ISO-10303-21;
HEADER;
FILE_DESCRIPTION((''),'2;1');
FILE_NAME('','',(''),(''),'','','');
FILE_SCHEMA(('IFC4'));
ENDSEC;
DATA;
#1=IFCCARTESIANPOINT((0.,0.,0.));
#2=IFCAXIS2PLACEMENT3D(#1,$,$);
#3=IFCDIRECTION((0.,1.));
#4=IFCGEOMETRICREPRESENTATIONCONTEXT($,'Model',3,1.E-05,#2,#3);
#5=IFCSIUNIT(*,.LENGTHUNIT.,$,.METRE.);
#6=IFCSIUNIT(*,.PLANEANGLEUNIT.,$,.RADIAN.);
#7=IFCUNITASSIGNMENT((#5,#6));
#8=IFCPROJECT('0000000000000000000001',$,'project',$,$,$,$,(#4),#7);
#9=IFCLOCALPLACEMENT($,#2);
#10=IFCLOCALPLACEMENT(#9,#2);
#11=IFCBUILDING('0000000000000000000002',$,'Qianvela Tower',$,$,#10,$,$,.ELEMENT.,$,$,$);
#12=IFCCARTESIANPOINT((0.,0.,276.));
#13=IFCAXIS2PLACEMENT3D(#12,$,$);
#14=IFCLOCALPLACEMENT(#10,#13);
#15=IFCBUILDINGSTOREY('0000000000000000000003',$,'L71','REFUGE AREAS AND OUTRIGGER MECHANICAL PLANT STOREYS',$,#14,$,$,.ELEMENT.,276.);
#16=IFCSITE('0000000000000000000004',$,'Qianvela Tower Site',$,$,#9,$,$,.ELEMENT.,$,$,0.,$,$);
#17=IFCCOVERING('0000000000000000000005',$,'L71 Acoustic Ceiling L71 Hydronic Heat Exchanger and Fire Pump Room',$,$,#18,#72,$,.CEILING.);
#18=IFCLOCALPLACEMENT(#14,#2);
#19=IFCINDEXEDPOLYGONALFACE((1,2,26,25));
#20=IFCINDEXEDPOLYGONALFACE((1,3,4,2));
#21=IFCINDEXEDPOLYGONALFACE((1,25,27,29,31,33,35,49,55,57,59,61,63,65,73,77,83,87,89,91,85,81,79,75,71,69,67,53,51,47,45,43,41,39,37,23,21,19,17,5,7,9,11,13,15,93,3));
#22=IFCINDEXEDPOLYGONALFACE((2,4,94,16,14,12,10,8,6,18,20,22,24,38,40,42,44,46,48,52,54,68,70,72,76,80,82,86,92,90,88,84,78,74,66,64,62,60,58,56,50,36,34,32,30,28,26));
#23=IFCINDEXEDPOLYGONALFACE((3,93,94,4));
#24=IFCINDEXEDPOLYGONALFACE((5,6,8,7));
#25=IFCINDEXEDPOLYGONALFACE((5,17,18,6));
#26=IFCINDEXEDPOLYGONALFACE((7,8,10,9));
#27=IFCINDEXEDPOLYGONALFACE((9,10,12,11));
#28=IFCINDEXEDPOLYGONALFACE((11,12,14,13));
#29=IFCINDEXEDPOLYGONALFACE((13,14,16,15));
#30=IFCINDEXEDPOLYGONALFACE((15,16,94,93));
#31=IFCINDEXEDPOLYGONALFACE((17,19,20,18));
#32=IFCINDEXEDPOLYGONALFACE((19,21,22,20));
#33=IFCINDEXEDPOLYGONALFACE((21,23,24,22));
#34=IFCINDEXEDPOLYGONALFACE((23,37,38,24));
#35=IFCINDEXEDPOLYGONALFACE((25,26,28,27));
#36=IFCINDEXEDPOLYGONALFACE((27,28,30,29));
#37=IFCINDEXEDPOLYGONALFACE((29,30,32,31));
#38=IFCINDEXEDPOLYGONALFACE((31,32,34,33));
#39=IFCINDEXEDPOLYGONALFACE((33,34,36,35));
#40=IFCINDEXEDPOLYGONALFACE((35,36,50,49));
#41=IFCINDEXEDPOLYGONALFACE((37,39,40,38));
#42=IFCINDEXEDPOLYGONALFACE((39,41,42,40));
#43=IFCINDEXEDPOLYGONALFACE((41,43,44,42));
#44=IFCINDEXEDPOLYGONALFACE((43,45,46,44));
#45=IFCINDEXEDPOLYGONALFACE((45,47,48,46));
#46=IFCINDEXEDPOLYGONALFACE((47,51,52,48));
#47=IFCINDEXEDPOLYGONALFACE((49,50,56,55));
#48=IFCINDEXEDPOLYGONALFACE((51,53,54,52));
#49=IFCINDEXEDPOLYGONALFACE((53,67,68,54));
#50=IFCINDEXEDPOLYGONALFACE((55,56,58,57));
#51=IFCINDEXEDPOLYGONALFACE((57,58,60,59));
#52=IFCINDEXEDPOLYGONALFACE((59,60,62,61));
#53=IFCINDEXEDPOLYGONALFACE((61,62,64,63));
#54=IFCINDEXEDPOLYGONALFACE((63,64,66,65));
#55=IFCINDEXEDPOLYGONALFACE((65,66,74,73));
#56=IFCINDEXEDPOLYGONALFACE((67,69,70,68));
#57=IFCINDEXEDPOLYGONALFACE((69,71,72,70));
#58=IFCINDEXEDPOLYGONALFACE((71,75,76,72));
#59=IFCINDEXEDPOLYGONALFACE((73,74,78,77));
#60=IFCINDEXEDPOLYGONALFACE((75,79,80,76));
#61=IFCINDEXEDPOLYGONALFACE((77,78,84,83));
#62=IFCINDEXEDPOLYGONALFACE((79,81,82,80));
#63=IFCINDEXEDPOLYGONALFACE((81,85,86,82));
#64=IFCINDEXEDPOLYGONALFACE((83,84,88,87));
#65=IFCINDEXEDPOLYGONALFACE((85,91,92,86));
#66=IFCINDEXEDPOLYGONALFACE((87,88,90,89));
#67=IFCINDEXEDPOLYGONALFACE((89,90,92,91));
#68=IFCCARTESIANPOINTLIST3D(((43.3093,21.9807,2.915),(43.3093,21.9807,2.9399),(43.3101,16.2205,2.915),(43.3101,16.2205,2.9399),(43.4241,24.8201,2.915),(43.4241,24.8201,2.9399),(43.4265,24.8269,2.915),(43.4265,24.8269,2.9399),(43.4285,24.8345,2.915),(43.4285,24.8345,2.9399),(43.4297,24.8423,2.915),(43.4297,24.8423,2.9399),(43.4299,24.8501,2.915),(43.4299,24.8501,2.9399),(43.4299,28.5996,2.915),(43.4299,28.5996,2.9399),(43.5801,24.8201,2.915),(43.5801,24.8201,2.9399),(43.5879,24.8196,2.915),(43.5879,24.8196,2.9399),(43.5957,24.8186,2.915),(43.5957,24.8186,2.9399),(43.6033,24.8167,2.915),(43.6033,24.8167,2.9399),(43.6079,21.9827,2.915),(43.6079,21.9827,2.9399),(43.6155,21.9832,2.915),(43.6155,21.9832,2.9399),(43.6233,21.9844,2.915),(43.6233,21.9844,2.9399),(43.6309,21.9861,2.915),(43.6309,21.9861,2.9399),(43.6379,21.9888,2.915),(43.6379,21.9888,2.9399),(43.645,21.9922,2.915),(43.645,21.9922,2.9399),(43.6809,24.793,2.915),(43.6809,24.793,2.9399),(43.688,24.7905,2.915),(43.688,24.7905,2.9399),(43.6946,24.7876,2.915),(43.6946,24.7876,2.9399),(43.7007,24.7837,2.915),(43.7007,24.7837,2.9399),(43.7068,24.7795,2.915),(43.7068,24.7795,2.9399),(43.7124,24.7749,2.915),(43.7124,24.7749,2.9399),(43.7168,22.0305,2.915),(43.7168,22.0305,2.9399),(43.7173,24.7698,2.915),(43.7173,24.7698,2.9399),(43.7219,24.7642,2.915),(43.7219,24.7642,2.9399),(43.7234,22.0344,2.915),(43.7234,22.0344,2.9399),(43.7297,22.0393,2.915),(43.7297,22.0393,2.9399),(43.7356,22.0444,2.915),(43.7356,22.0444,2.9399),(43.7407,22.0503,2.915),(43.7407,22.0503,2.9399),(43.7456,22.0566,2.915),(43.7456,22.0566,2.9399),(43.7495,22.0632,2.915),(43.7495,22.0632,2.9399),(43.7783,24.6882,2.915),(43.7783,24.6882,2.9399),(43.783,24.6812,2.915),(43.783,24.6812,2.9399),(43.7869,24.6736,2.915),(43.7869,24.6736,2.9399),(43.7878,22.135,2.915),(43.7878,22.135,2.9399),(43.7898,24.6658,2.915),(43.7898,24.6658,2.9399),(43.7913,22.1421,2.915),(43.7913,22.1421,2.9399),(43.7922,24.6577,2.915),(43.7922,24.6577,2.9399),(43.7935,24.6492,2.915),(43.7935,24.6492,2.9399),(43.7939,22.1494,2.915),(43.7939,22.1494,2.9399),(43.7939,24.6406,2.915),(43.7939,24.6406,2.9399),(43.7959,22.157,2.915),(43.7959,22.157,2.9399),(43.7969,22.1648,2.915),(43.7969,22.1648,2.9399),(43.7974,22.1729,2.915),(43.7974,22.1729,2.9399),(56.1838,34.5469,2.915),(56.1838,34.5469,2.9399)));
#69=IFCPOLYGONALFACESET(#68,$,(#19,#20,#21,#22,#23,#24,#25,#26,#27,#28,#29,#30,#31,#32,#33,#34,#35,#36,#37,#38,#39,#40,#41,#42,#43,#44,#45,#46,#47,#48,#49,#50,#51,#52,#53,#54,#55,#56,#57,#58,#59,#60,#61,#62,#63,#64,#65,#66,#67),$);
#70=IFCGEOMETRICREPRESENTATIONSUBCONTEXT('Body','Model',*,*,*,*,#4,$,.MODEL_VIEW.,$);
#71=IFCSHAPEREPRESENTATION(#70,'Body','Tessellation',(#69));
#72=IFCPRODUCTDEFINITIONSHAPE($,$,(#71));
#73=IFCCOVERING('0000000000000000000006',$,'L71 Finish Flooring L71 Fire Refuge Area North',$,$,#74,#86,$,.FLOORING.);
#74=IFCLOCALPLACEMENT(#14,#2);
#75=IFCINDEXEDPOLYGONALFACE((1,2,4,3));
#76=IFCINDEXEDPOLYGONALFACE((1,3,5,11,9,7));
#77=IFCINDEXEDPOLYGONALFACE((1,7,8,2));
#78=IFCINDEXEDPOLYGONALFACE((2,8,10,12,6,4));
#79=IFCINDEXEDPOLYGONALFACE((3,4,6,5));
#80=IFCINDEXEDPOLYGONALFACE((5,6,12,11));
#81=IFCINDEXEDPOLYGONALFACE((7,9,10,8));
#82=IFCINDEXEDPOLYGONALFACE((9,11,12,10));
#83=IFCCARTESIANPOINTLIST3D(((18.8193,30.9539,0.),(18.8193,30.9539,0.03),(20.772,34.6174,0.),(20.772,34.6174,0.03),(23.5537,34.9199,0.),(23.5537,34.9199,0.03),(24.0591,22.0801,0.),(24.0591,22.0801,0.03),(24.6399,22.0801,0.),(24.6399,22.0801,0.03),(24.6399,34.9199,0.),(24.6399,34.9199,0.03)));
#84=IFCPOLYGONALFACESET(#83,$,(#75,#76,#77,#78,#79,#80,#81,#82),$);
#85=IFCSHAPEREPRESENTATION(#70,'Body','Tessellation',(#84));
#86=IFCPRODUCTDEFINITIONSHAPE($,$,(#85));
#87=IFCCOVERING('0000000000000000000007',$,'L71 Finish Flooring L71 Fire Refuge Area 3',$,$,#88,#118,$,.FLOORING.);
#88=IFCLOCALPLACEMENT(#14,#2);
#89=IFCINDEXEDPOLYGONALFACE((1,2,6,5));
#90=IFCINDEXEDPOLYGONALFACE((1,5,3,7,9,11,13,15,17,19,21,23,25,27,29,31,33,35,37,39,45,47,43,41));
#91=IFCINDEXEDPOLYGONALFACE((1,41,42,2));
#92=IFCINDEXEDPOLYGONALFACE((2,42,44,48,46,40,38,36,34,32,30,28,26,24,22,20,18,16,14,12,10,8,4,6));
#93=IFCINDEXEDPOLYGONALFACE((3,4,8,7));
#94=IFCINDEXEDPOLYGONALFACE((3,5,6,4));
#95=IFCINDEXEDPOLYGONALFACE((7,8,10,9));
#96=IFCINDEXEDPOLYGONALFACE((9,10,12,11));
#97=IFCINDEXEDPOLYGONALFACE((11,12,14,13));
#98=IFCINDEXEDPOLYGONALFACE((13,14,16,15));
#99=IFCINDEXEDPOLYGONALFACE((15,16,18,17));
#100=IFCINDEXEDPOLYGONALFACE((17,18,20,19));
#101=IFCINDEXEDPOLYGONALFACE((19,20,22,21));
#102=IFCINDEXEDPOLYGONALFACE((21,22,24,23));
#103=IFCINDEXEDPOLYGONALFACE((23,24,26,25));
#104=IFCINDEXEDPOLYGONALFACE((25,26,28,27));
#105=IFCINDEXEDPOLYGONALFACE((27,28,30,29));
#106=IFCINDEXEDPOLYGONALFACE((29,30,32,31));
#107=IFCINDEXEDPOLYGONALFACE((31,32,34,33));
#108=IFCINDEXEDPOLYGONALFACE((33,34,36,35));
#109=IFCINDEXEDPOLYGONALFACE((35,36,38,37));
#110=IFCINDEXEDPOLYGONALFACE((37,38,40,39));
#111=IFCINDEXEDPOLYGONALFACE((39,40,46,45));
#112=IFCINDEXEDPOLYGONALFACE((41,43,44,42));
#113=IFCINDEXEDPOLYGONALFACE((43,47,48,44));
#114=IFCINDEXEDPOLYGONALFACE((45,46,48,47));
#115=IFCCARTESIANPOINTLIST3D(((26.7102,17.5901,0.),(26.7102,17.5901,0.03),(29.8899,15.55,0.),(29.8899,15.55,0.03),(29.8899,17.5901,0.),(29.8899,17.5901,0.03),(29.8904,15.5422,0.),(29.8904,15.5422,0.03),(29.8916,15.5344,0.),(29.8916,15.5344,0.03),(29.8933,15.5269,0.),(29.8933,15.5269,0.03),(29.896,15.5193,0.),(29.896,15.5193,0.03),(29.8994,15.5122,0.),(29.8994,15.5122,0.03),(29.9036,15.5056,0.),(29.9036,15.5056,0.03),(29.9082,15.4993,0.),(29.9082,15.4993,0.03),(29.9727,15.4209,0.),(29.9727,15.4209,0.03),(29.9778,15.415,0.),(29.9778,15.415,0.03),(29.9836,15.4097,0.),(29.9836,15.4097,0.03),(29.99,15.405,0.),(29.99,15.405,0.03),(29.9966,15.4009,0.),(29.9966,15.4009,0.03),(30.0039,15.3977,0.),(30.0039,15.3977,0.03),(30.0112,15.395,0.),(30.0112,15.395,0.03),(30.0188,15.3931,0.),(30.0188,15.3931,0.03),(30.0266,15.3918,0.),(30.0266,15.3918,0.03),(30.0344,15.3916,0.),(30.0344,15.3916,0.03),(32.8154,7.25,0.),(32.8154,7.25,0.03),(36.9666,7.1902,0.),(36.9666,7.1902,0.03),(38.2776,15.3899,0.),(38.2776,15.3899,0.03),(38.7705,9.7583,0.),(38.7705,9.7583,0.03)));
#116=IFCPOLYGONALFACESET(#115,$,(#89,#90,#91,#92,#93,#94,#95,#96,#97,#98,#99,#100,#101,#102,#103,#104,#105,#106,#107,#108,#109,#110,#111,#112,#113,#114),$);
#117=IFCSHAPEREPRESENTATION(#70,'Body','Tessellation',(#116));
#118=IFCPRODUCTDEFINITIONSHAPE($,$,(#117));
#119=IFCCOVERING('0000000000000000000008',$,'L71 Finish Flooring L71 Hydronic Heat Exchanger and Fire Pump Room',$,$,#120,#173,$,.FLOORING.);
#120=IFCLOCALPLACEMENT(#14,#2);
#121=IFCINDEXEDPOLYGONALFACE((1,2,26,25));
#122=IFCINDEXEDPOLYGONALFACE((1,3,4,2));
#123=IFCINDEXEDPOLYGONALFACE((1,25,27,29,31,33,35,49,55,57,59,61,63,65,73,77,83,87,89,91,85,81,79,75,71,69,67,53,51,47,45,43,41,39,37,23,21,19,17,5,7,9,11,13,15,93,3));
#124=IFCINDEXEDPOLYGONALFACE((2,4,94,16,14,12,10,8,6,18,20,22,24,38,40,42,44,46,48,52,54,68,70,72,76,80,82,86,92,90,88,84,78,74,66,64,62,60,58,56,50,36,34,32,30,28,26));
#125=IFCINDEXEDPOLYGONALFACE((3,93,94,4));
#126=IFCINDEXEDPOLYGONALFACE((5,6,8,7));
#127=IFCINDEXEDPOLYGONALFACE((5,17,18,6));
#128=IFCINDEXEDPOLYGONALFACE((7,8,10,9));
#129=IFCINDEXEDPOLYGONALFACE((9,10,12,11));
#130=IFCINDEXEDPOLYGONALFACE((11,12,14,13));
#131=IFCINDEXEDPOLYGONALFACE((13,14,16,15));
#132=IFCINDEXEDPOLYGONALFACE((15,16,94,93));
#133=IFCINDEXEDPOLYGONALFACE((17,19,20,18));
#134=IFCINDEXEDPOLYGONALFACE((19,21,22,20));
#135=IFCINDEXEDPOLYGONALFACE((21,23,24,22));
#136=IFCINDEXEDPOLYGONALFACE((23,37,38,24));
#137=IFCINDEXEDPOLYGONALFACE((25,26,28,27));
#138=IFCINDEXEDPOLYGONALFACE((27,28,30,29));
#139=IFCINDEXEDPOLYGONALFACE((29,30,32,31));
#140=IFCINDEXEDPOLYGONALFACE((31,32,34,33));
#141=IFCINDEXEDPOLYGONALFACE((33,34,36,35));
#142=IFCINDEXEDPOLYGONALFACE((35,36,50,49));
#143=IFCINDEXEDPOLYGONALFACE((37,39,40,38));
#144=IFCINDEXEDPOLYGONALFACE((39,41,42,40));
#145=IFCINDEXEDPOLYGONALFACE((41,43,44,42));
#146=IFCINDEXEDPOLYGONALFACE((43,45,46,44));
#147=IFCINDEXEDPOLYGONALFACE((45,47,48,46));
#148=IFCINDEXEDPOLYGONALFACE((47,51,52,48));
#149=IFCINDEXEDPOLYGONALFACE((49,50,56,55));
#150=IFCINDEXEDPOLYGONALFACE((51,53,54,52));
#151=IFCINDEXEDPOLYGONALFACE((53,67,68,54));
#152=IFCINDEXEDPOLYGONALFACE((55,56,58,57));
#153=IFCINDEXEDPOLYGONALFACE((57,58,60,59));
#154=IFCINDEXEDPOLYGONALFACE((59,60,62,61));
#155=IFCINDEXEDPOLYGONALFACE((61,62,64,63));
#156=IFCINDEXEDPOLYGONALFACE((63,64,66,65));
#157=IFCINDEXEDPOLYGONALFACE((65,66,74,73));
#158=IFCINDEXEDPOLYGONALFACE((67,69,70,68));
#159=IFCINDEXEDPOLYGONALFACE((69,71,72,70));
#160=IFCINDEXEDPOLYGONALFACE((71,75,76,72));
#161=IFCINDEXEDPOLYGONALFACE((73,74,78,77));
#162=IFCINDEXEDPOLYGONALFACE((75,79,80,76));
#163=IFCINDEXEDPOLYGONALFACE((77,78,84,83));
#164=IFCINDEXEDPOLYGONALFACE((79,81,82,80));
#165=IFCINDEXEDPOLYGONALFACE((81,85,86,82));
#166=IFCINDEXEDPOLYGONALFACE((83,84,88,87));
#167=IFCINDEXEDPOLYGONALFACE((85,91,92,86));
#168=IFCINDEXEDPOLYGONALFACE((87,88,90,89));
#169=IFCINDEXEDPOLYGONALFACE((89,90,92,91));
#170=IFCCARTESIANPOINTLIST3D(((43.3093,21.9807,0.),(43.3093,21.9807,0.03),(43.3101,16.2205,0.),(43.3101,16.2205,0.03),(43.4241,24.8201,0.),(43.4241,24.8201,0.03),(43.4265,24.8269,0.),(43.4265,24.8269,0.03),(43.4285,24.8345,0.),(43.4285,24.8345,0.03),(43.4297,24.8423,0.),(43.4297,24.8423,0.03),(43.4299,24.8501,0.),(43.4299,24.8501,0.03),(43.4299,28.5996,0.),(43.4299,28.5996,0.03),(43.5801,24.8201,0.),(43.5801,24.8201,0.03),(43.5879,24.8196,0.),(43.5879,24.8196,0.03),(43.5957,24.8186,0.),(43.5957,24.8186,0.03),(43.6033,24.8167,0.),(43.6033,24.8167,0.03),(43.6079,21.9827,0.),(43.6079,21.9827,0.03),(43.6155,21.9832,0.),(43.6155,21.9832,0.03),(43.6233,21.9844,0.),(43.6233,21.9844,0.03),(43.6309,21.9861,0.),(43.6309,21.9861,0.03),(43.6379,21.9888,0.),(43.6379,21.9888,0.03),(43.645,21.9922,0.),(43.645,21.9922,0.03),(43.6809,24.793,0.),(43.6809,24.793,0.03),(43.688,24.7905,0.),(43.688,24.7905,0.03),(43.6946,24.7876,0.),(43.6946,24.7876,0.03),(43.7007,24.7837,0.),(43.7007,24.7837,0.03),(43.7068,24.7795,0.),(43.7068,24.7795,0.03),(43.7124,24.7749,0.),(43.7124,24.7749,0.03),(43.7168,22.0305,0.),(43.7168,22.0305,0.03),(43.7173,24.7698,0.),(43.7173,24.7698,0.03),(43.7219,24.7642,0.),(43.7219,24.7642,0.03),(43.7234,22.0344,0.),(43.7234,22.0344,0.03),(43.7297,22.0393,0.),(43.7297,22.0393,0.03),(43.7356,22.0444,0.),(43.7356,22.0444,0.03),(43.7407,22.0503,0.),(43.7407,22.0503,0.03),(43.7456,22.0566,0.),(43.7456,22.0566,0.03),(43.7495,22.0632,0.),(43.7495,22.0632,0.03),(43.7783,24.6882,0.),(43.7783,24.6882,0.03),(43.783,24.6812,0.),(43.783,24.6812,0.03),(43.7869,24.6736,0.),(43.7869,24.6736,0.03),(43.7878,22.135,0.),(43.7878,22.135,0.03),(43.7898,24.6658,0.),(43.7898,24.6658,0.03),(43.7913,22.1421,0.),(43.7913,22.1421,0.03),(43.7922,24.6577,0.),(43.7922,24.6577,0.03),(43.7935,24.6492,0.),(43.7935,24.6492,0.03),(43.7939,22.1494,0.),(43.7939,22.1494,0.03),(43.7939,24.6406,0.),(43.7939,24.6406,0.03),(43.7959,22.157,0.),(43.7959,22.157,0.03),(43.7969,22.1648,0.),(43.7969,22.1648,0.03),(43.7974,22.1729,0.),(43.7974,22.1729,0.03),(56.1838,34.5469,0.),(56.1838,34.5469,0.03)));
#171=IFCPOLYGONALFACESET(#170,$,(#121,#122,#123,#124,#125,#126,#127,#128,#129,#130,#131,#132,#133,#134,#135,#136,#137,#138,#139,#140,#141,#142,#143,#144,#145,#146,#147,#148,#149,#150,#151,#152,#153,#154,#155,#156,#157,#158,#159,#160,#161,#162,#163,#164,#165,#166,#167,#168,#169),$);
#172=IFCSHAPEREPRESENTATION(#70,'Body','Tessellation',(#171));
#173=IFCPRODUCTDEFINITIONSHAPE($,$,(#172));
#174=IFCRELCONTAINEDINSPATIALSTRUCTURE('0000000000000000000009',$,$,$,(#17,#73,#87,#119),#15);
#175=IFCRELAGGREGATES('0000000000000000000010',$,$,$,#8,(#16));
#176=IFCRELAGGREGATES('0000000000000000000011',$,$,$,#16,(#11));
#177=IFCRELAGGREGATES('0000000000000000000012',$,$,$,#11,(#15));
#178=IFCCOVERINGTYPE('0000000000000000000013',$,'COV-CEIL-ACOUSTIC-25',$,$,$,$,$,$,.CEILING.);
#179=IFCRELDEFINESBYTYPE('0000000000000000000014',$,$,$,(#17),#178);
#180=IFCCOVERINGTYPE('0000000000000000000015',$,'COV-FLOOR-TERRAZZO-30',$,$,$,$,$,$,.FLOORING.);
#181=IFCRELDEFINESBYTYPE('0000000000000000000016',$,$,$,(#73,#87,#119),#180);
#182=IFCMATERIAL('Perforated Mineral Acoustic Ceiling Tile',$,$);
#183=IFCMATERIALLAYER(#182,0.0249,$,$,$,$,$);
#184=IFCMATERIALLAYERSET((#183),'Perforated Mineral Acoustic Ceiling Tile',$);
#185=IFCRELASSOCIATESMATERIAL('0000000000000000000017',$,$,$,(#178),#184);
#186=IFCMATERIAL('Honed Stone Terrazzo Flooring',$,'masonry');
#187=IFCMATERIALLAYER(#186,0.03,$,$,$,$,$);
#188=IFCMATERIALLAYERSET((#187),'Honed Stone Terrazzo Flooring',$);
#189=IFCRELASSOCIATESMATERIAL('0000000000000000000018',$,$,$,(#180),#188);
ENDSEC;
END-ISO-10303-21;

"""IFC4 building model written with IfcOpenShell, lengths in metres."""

from ifc_helpers import new_model, si_unit, direction, frame, origin, place, context, subcontext, project, spatial, polyline, outline, extrude, material, layer, layer_set, type_object, element, save


model = new_model("IFC4")

# Units and contexts
model_context = context("Model", 3, precision=1e-05, world=origin(), true_north=direction((0.0, 1.0)))
body_context = subcontext(model_context, "Body", "Model", "MODEL_VIEW")
ifc_project = project(units=[si_unit("LENGTHUNIT", "METRE"), si_unit("PLANEANGLEUNIT", "RADIAN")], contexts=[model_context])

# Site, building, storey
site_placement = place(None, origin())
site = spatial("IfcSite", under=ifc_project, at=site_placement, Name="Qianvela Tower Site", CompositionType="ELEMENT", RefElevation=0.0)
building_placement = place(site_placement, origin())
building = spatial("IfcBuilding", under=site, at=building_placement, Name="Qianvela Tower", CompositionType="ELEMENT")
storey_placement = place(building_placement, frame((0.0, 0.0, 276.0)))
storey = spatial("IfcBuildingStorey", under=building, at=storey_placement, Name="L71", Description="REFUGE AREAS AND OUTRIGGER MECHANICAL PLANT STOREYS", CompositionType="ELEMENT", Elevation=276.0)

# Coverings
ifc_material_1 = material(Name="Perforated Mineral Acoustic Ceiling Tile")
ifc_layer_1 = layer(ifc_material_1, 0.0249)
ifc_layer_set_1 = layer_set([ifc_layer_1], Name="Perforated Mineral Acoustic Ceiling Tile")
covering_type_1 = type_object("IfcCoveringType", Name="COV-CEIL-ACOUSTIC-25", PredefinedType="CEILING", material=ifc_layer_set_1)
covering_1_placement = place(storey_placement, frame((0.0, 0.0, 2.915)))
element("IfcCovering", 1, at=covering_1_placement, inside=storey, type_object=covering_type_1, Name="L71 Acoustic Ceiling L71 Hydronic Heat Exchanger and Fire Pump Room", PredefinedType="CEILING", context=body_context, shape_type="SweptSolid", body=[
    extrude(outline(polyline([(43.3093, 21.9807), (43.6079, 21.9827), (43.6155, 21.9832), (43.6233, 21.9844), (43.6309, 21.9861), (43.6379, 21.9888), (43.645, 21.9922), (43.7168, 22.0305), (43.7234, 22.0344), (43.7297, 22.0393), (43.7356, 22.0444), (43.7407, 22.0503), (43.7456, 22.0566), (43.7495, 22.0632), (43.7878, 22.135), (43.7913, 22.1421), (43.7939, 22.1494), (43.7959, 22.157), (43.7969, 22.1648), (43.7974, 22.1729), (43.7939, 24.6406), (43.7935, 24.6492), (43.7922, 24.6577), (43.7898, 24.6658), (43.7869, 24.6736), (43.783, 24.6812), (43.7783, 24.6882), (43.7219, 24.7642), (43.7173, 24.7698), (43.7124, 24.7749), (43.7068, 24.7795), (43.7007, 24.7837), (43.6946, 24.7876), (43.688, 24.7905), (43.6809, 24.793), (43.6033, 24.8167), (43.5957, 24.8186), (43.5879, 24.8196), (43.5801, 24.8201), (43.4241, 24.8201), (43.4265, 24.8269), (43.4285, 24.8345), (43.4297, 24.8423), (43.4299, 24.8501), (43.4299, 28.5996), (56.1838, 34.5469), (43.3101, 16.2205), (43.3093, 21.9807)])), origin(), (0.0, 0.0, 1.0), 0.0249),
])
ifc_material_2 = material(Name="Honed Stone Terrazzo Flooring", Category="masonry")
ifc_layer_2 = layer(ifc_material_2, 0.03)
ifc_layer_set_2 = layer_set([ifc_layer_2], Name="Honed Stone Terrazzo Flooring")
covering_type_2 = type_object("IfcCoveringType", Name="COV-FLOOR-TERRAZZO-30", PredefinedType="FLOORING", material=ifc_layer_set_2)
covering_2_placement = place(storey_placement, origin())
element("IfcCovering", 2, at=covering_2_placement, inside=storey, type_object=covering_type_2, Name="L71 Finish Flooring L71 Fire Refuge Area North", PredefinedType="FLOORING", context=body_context, shape_type="SweptSolid", body=[
    extrude(outline(polyline([(24.0591, 22.0801), (18.8193, 30.9539), (20.772, 34.6174), (23.5537, 34.9199), (24.6399, 34.9199), (24.6399, 22.0801), (24.0591, 22.0801)])), origin(), (0.0, 0.0, 1.0), 0.03),
])
covering_3_placement = place(storey_placement, origin())
element("IfcCovering", 3, at=covering_3_placement, inside=storey, type_object=covering_type_2, Name="L71 Finish Flooring L71 Fire Refuge Area 3", PredefinedType="FLOORING", context=body_context, shape_type="SweptSolid", body=[
    extrude(outline(polyline([(26.7102, 17.5901), (29.8899, 17.5901), (29.8899, 15.55), (29.8904, 15.5422), (29.8916, 15.5344), (29.8933, 15.5269), (29.896, 15.5193), (29.8994, 15.5122), (29.9036, 15.5056), (29.9082, 15.4993), (29.9727, 15.4209), (29.9778, 15.415), (29.9836, 15.4097), (29.99, 15.405), (29.9966, 15.4009), (30.0039, 15.3977), (30.0112, 15.395), (30.0188, 15.3931), (30.0266, 15.3918), (30.0344, 15.3916), (38.2776, 15.3899), (38.7705, 9.7583), (36.9666, 7.1902), (32.8154, 7.25), (26.7102, 17.5901)])), origin(), (0.0, 0.0, 1.0), 0.03),
])
covering_4_placement = place(storey_placement, origin())
element("IfcCovering", 4, at=covering_4_placement, inside=storey, type_object=covering_type_2, Name="L71 Finish Flooring L71 Hydronic Heat Exchanger and Fire Pump Room", PredefinedType="FLOORING", context=body_context, shape_type="SweptSolid", body=[
    extrude(outline(polyline([(43.3093, 21.9807), (43.6079, 21.9827), (43.6155, 21.9832), (43.6233, 21.9844), (43.6309, 21.9861), (43.6379, 21.9888), (43.645, 21.9922), (43.7168, 22.0305), (43.7234, 22.0344), (43.7297, 22.0393), (43.7356, 22.0444), (43.7407, 22.0503), (43.7456, 22.0566), (43.7495, 22.0632), (43.7878, 22.135), (43.7913, 22.1421), (43.7939, 22.1494), (43.7959, 22.157), (43.7969, 22.1648), (43.7974, 22.1729), (43.7939, 24.6406), (43.7935, 24.6492), (43.7922, 24.6577), (43.7898, 24.6658), (43.7869, 24.6736), (43.783, 24.6812), (43.7783, 24.6882), (43.7219, 24.7642), (43.7173, 24.7698), (43.7124, 24.7749), (43.7068, 24.7795), (43.7007, 24.7837), (43.6946, 24.7876), (43.688, 24.7905), (43.6809, 24.793), (43.6033, 24.8167), (43.5957, 24.8186), (43.5879, 24.8196), (43.5801, 24.8201), (43.4241, 24.8201), (43.4265, 24.8269), (43.4285, 24.8345), (43.4297, 24.8423), (43.4299, 24.8501), (43.4299, 28.5996), (56.1838, 34.5469), (43.3101, 16.2205), (43.3093, 21.9807)])), origin(), (0.0, 0.0, 1.0), 0.03),
])

save(model, "model.ifc")
